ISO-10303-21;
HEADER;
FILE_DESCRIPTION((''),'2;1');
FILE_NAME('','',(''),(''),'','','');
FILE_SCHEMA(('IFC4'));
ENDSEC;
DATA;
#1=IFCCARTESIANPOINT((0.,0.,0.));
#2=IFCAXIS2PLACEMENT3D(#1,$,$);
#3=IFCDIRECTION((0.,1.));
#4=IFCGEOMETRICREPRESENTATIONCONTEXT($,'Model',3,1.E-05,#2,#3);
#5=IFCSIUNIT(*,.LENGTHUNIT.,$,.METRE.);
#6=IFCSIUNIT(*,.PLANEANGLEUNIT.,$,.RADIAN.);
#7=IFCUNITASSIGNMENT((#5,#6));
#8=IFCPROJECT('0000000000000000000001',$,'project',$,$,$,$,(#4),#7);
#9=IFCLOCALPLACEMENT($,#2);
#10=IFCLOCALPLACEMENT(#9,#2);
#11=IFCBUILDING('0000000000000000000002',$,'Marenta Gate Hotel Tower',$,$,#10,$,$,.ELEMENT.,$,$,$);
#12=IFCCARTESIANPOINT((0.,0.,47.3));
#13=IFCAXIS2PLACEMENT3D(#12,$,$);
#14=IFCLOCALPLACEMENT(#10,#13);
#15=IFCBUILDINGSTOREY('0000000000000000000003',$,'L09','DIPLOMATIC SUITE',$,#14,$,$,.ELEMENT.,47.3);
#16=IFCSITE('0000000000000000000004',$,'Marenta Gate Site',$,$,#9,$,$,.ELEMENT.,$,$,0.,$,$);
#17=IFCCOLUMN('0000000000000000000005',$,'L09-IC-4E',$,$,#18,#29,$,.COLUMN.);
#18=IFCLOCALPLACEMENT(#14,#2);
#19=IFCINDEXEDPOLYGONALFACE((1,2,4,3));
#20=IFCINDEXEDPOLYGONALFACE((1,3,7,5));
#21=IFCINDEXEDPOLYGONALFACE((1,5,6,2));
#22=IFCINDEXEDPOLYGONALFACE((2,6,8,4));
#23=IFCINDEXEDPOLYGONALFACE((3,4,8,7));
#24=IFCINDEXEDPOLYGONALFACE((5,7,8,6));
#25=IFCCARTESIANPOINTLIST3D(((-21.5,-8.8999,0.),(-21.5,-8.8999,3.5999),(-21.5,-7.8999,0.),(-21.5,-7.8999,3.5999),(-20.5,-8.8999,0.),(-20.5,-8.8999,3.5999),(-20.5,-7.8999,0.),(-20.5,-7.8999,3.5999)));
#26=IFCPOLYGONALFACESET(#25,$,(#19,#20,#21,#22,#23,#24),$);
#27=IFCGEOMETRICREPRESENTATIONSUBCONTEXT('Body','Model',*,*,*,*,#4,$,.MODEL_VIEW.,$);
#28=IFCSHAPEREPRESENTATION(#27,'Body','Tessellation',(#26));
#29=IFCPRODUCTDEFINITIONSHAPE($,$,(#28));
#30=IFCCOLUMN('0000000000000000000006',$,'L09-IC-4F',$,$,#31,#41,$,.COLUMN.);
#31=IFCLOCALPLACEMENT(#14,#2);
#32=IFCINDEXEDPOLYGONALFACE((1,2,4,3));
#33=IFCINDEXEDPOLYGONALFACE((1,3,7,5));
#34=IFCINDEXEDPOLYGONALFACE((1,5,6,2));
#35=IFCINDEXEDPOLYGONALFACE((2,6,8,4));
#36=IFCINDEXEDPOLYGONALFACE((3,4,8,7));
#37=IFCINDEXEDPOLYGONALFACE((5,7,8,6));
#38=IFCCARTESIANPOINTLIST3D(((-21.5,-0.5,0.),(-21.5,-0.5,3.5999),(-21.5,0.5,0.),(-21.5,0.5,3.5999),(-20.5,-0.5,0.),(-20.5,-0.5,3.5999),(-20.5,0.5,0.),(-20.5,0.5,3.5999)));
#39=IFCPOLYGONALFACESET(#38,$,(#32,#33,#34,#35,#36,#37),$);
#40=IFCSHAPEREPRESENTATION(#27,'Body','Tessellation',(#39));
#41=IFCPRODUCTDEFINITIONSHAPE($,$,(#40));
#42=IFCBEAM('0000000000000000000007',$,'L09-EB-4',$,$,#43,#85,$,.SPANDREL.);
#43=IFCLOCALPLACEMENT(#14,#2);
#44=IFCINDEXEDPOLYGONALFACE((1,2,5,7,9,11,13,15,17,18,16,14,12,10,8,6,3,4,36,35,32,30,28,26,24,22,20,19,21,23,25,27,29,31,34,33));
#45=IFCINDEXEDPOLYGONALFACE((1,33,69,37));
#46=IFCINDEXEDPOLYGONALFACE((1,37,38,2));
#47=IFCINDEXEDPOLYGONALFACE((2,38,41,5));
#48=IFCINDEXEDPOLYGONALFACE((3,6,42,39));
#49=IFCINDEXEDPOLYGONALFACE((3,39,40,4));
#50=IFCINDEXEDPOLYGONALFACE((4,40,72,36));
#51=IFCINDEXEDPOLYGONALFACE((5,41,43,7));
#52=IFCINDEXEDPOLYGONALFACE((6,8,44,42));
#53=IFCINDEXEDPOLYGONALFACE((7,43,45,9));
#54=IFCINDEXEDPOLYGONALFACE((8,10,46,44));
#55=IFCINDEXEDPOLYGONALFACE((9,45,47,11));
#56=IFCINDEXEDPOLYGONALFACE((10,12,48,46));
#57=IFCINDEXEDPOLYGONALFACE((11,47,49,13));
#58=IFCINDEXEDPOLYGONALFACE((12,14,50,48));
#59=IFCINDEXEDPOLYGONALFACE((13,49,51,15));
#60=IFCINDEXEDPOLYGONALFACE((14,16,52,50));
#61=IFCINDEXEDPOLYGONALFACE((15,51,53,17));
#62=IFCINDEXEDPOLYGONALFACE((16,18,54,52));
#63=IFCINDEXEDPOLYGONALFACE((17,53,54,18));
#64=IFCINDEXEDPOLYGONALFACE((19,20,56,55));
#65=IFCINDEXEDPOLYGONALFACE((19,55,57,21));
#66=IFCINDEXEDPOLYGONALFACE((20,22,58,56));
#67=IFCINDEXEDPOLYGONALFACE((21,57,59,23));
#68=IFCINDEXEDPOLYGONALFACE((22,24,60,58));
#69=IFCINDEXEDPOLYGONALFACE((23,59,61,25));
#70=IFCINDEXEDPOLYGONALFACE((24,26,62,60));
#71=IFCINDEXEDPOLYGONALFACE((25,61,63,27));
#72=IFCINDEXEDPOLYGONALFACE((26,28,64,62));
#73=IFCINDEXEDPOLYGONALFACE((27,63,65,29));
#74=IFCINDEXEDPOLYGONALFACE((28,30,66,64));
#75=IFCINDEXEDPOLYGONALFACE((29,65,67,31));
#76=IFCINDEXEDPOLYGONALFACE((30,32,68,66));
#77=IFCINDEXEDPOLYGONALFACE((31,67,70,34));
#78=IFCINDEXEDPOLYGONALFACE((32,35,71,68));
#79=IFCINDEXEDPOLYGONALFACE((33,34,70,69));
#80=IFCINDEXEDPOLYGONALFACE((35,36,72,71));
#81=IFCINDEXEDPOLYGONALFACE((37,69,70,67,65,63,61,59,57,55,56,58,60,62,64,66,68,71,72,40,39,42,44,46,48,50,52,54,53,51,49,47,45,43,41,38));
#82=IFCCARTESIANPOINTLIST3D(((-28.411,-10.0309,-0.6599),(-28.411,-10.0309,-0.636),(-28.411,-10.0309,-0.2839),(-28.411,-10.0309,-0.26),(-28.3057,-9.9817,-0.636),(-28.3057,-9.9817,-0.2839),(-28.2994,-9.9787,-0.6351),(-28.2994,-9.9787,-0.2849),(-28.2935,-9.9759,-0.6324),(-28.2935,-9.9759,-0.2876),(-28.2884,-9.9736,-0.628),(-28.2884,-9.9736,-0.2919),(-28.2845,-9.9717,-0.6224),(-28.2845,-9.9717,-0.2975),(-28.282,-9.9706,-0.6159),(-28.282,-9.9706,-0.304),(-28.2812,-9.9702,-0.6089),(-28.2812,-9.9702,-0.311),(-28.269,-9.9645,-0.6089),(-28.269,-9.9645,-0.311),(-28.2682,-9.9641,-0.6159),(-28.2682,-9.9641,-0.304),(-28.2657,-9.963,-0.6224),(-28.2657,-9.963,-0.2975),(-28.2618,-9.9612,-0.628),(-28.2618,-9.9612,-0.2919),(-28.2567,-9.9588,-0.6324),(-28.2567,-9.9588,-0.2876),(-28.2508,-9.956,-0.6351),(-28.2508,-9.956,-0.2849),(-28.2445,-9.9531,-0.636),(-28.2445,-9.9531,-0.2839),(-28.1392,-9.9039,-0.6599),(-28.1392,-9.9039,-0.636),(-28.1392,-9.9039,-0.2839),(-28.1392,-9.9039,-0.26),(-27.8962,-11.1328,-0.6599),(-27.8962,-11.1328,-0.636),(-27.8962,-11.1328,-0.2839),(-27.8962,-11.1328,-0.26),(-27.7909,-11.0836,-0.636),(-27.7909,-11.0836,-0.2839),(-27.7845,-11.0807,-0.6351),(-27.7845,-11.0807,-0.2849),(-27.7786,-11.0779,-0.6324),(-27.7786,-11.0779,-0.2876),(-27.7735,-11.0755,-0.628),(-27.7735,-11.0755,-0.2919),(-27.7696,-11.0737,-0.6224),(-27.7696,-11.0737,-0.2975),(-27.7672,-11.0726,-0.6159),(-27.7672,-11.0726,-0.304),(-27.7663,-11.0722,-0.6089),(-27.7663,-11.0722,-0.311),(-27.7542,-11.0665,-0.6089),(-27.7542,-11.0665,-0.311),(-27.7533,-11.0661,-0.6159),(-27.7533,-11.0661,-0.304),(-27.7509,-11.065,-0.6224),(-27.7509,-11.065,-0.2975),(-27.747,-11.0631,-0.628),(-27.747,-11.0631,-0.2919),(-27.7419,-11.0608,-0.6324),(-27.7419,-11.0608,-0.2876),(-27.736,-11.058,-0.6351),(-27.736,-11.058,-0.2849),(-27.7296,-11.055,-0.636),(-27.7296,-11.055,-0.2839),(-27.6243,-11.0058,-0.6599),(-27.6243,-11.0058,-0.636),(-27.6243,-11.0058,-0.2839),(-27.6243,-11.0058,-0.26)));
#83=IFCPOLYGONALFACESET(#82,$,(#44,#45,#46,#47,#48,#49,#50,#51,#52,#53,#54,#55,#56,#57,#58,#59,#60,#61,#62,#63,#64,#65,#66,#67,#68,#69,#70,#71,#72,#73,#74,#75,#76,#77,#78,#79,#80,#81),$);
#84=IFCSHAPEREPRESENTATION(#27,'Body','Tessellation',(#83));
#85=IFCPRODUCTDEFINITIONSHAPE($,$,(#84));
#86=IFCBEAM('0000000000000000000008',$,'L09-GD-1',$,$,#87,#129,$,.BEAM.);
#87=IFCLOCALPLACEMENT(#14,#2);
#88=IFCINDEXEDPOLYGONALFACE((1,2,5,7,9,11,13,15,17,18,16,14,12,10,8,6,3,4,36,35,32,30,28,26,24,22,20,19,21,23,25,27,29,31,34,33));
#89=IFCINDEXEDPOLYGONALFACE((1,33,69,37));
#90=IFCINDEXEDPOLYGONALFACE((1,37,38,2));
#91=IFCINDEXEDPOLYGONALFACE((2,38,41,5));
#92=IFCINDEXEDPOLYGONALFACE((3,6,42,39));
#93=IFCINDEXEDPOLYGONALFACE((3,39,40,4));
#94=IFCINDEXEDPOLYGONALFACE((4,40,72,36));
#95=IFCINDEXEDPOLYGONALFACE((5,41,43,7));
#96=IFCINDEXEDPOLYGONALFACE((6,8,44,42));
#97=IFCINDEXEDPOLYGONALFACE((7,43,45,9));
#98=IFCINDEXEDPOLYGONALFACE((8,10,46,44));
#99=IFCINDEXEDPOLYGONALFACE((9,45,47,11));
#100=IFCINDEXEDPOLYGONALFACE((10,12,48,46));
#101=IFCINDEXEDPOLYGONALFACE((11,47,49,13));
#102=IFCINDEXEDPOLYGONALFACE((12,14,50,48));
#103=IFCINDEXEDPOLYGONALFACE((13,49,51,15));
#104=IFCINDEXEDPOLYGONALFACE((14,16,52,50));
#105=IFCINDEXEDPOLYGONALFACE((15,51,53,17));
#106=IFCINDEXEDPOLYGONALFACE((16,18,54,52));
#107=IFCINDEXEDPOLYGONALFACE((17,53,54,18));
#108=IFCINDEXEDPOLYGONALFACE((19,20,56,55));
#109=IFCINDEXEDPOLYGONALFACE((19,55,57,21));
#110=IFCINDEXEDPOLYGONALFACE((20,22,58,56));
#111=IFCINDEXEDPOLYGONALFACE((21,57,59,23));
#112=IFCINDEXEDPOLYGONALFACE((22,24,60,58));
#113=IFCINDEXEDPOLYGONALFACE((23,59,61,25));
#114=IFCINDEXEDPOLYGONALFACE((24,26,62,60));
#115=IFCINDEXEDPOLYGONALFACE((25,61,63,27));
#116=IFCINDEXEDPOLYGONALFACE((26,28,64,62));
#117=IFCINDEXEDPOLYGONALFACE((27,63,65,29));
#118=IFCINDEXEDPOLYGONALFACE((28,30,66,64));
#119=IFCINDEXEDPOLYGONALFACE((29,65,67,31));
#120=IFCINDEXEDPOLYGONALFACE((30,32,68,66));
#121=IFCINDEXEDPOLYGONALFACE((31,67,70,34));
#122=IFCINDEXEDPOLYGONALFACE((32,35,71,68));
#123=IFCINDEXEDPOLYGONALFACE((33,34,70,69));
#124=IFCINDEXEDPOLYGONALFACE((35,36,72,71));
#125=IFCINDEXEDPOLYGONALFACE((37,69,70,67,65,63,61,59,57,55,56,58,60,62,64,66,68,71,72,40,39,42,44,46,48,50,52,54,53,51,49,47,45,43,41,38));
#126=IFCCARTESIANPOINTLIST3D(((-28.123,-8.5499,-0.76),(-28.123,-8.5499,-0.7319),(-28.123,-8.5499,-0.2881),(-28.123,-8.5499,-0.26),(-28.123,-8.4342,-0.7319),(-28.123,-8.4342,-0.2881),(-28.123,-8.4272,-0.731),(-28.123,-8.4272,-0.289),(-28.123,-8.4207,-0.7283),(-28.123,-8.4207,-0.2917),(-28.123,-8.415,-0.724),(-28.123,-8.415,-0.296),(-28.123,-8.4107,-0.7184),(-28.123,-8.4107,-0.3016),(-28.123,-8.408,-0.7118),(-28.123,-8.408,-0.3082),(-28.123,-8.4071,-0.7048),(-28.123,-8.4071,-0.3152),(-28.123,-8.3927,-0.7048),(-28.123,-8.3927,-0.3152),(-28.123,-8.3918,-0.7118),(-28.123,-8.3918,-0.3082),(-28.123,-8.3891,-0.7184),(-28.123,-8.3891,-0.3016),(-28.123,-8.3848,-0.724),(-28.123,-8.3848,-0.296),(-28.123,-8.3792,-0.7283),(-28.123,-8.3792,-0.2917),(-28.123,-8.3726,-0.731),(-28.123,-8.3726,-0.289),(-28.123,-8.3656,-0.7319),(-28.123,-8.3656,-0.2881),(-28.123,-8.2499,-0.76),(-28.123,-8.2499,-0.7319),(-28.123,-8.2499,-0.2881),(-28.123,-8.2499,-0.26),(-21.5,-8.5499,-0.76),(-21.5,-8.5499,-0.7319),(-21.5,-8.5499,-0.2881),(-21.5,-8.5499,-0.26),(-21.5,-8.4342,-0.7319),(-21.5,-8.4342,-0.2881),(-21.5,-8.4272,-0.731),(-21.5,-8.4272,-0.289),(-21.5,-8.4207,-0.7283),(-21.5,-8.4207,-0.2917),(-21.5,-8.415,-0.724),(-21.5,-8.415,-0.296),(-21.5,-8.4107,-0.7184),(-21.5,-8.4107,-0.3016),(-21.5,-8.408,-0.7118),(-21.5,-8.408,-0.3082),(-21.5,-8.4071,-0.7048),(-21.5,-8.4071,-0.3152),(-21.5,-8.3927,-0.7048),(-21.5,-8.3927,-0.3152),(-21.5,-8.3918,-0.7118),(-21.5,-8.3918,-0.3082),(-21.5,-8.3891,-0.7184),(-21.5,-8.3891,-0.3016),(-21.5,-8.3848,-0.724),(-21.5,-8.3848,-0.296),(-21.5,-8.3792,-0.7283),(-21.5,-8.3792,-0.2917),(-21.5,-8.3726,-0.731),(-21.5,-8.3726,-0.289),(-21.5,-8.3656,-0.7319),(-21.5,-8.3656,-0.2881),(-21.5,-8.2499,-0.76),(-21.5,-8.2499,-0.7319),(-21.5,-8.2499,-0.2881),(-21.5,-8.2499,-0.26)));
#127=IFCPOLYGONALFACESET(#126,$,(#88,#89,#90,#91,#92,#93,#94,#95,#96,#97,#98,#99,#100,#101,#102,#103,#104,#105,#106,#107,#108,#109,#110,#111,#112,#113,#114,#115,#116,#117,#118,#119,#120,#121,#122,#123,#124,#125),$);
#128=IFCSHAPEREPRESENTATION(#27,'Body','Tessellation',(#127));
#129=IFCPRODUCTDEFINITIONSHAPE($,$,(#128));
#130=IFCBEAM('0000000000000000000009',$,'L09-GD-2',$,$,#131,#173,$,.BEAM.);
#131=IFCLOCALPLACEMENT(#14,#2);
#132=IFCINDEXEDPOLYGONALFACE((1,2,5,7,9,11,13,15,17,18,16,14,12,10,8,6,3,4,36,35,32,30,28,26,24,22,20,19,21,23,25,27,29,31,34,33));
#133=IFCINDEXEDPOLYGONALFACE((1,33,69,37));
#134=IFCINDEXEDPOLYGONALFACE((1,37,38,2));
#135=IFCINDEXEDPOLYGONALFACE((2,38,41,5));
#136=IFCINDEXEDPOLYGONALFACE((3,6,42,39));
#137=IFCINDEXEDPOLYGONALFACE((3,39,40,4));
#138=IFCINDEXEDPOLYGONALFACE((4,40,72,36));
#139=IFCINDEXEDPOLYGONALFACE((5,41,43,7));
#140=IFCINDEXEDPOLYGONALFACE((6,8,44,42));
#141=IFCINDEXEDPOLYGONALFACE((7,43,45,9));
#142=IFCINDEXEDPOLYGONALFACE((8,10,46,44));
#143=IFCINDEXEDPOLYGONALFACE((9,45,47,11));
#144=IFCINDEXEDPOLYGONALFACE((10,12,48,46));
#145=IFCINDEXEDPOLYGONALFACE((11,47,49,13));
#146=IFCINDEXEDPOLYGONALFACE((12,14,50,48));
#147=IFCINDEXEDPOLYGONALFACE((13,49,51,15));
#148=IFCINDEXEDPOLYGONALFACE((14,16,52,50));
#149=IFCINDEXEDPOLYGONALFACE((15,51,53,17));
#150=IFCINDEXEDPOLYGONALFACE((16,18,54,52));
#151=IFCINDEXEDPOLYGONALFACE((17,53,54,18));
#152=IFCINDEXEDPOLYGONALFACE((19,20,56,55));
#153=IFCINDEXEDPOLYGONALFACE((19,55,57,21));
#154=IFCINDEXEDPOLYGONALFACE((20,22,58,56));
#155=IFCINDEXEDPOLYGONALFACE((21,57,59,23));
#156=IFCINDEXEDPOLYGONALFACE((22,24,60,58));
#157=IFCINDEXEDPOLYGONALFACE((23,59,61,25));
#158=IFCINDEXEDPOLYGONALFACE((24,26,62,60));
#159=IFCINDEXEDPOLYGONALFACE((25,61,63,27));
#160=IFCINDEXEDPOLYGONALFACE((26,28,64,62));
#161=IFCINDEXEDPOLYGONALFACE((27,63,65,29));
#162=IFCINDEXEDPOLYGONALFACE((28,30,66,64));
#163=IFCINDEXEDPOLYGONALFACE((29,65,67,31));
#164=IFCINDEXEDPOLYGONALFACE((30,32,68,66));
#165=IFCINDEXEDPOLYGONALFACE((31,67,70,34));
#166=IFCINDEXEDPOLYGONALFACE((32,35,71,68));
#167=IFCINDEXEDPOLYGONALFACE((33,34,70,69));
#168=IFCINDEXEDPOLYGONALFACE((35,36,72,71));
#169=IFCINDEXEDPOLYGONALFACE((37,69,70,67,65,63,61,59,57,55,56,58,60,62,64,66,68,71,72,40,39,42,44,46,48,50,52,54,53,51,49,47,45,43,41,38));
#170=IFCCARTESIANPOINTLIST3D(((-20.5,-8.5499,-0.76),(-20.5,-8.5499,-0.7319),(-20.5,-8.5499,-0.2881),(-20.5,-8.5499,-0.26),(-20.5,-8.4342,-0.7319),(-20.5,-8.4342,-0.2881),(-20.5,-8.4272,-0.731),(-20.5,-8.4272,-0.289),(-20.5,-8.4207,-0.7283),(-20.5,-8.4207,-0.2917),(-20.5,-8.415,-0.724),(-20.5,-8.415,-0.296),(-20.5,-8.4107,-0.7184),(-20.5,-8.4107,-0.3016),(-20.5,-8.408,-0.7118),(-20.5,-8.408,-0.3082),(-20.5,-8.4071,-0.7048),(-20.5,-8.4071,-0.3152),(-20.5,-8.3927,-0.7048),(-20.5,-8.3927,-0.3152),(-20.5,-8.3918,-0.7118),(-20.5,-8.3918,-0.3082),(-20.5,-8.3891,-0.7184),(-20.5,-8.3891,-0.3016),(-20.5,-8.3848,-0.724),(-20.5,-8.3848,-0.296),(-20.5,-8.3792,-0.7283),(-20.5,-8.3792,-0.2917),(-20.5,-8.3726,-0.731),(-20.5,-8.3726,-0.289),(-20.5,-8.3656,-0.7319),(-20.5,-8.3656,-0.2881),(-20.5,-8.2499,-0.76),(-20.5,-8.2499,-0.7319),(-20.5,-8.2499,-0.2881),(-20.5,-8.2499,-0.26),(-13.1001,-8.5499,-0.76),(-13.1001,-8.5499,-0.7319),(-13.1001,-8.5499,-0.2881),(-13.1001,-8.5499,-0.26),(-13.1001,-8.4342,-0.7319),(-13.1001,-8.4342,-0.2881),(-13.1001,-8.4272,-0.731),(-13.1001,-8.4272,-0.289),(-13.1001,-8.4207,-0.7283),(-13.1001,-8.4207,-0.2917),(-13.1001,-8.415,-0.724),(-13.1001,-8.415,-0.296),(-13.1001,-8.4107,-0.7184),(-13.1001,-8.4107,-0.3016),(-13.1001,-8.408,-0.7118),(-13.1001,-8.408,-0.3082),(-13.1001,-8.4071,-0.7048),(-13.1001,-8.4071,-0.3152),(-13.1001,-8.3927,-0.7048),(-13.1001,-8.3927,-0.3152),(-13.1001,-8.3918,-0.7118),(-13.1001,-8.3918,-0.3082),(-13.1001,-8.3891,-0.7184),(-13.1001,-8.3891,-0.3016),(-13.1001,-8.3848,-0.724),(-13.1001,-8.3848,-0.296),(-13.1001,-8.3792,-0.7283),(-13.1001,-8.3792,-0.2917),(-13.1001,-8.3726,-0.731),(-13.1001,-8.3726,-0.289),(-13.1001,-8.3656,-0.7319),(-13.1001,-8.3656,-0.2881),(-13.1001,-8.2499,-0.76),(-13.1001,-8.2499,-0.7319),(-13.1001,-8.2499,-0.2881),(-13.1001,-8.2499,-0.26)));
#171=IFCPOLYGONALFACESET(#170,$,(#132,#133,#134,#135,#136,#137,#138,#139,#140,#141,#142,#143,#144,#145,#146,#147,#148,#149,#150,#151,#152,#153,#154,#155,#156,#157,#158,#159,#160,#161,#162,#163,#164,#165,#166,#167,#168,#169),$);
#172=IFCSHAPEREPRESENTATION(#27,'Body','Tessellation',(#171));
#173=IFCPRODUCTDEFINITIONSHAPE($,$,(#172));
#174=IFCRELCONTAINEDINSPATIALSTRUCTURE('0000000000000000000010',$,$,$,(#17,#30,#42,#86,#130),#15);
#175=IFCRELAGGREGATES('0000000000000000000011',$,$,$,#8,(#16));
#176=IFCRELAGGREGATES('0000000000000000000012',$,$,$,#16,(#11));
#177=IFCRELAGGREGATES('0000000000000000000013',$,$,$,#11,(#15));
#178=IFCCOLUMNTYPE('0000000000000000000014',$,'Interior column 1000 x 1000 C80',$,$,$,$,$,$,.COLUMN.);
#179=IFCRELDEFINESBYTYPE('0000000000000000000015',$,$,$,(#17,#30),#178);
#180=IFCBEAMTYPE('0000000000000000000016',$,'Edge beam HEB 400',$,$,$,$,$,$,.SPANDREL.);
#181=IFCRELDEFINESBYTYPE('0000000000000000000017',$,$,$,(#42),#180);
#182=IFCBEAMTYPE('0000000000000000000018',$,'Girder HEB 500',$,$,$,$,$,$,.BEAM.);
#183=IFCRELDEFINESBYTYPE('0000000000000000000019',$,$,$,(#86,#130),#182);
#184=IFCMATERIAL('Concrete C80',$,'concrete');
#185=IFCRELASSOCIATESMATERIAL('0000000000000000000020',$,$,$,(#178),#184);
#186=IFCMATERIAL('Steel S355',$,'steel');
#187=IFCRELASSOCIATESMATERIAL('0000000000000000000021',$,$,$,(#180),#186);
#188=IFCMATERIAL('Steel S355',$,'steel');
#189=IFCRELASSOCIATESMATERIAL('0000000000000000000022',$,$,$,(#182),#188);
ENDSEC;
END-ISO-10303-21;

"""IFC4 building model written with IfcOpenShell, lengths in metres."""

from ifc_helpers import new_model, si_unit, direction, frame, origin, origin_2d, place, context, subcontext, project, spatial, rectangle, i_section, extrude, material, material_profile, profile_set, type_object, element, save


model = new_model("IFC4")

# Units and contexts
model_context = context("Model", 3, precision=1e-05, world=origin(), true_north=direction((0.0, 1.0)))
body_context = subcontext(model_context, "Body", "Model", "MODEL_VIEW")
ifc_project = project(units=[si_unit("LENGTHUNIT", "METRE"), si_unit("PLANEANGLEUNIT", "RADIAN")], contexts=[model_context])

# Site, building, storey
site_placement = place(None, origin())
site = spatial("IfcSite", under=ifc_project, at=site_placement, Name="Marenta Gate Site", CompositionType="ELEMENT", RefElevation=0.0)
building_placement = place(site_placement, origin())
building = spatial("IfcBuilding", under=site, at=building_placement, Name="Marenta Gate Hotel Tower", CompositionType="ELEMENT")
storey_placement = place(building_placement, frame((0.0, 0.0, 47.3)))
storey = spatial("IfcBuildingStorey", under=building, at=storey_placement, Name="L09", Description="DIPLOMATIC SUITE", CompositionType="ELEMENT", Elevation=47.3)

# Columns
ifc_material_1 = material(Name="Concrete C80", Category="concrete")
ifc_material_profile_1 = material_profile(ifc_material_1, rectangle(XDim=1.0, YDim=1.0, at=origin_2d()), Name="1000 x 1000")
ifc_profile_set_1 = profile_set([ifc_material_profile_1], Name="Concrete C80")
column_type = type_object("IfcColumnType", Name="Interior column 1000 x 1000 C80", PredefinedType="COLUMN", material=ifc_profile_set_1)
for number, where, z_axis, x_axis, name in (
    (1, (-21.0, -8.3999, 0.0), (0.0, 0.0, 1.0), (1.0, 0.0, 0.0), "L09-IC-4E"),
    (2, (-21.0, 0.0, 0.0), (0.0, 0.0, 1.0), (1.0, 0.0, 0.0), "L09-IC-4F"),
):
    element("IfcColumn", number, at=place(storey_placement, frame(where, z_axis=z_axis, x_axis=x_axis)), inside=storey, type_object=column_type, Name=name, PredefinedType="COLUMN", context=body_context, shape_type="SweptSolid", body=[
        extrude(rectangle(XDim=1.0, YDim=1.0, at=origin_2d()), origin(), (0.0, 0.0, 1.0), 3.5999),
    ])

# Beams
ifc_material_2 = material(Name="Steel S355", Category="steel")
ifc_material_profile_2 = material_profile(ifc_material_2, i_section(OverallWidth=0.3, OverallDepth=0.3999, WebThickness=0.0134, FlangeThickness=0.0239, FilletRadius=0.0271, at=origin_2d()), Name="HEB 400")
ifc_profile_set_2 = profile_set([ifc_material_profile_2], Name="Steel S355")
beam_type_1 = type_object("IfcBeamType", Name="Edge beam HEB 400", PredefinedType="SPANDREL", material=ifc_profile_set_2)
beam_1_placement = place(storey_placement, frame((-27.7603, -11.0693, -0.46), z_axis=(-0.423292, 0.905993, 0.0), x_axis=(-0.905993, -0.423292, 0.0)))
element("IfcBeam", 3, at=beam_1_placement, inside=storey, type_object=beam_type_1, Name="L09-EB-4", PredefinedType="SPANDREL", context=body_context, shape_type="SweptSolid", body=[
    extrude(i_section(OverallWidth=0.3, OverallDepth=0.3999, WebThickness=0.0134, FlangeThickness=0.0239, FilletRadius=0.0271, at=origin_2d()), origin(), (0.0, 0.0, 1.0), 1.2163),
])
ifc_material_3 = material(Name="Steel S355", Category="steel")
ifc_material_profile_3 = material_profile(ifc_material_3, i_section(OverallWidth=0.3, OverallDepth=0.5, WebThickness=0.0144, FlangeThickness=0.0281, FilletRadius=0.0271, at=origin_2d()), Name="HEB 500")
ifc_profile_set_3 = profile_set([ifc_material_profile_3], Name="Steel S355")
beam_type_2 = type_object("IfcBeamType", Name="Girder HEB 500", PredefinedType="BEAM", material=ifc_profile_set_3)
beam_2_placement = place(storey_placement, frame((-28.123, -8.3999, -0.51), z_axis=(1.0, 0.0, 0.0), x_axis=(0.0, 1.0, 0.0)))
element("IfcBeam", 4, at=beam_2_placement, inside=storey, type_object=beam_type_2, Name="L09-GD-1", PredefinedType="BEAM", context=body_context, shape_type="SweptSolid", body=[
    extrude(i_section(OverallWidth=0.3, OverallDepth=0.5, WebThickness=0.0144, FlangeThickness=0.0281, FilletRadius=0.0271, at=origin_2d()), origin(), (0.0, 0.0, 1.0), 6.623),
])
beam_3_placement = place(storey_placement, frame((-20.5, -8.3999, -0.51), z_axis=(1.0, 0.0, 0.0), x_axis=(0.0, 1.0, 0.0)))
element("IfcBeam", 5, at=beam_3_placement, inside=storey, type_object=beam_type_2, Name="L09-GD-2", PredefinedType="BEAM", context=body_context, shape_type="SweptSolid", body=[
    extrude(i_section(OverallWidth=0.3, OverallDepth=0.5, WebThickness=0.0144, FlangeThickness=0.0281, FilletRadius=0.0271, at=origin_2d()), origin(), (0.0, 0.0, 1.0), 7.3999),
])

save(model, "model.ifc")
